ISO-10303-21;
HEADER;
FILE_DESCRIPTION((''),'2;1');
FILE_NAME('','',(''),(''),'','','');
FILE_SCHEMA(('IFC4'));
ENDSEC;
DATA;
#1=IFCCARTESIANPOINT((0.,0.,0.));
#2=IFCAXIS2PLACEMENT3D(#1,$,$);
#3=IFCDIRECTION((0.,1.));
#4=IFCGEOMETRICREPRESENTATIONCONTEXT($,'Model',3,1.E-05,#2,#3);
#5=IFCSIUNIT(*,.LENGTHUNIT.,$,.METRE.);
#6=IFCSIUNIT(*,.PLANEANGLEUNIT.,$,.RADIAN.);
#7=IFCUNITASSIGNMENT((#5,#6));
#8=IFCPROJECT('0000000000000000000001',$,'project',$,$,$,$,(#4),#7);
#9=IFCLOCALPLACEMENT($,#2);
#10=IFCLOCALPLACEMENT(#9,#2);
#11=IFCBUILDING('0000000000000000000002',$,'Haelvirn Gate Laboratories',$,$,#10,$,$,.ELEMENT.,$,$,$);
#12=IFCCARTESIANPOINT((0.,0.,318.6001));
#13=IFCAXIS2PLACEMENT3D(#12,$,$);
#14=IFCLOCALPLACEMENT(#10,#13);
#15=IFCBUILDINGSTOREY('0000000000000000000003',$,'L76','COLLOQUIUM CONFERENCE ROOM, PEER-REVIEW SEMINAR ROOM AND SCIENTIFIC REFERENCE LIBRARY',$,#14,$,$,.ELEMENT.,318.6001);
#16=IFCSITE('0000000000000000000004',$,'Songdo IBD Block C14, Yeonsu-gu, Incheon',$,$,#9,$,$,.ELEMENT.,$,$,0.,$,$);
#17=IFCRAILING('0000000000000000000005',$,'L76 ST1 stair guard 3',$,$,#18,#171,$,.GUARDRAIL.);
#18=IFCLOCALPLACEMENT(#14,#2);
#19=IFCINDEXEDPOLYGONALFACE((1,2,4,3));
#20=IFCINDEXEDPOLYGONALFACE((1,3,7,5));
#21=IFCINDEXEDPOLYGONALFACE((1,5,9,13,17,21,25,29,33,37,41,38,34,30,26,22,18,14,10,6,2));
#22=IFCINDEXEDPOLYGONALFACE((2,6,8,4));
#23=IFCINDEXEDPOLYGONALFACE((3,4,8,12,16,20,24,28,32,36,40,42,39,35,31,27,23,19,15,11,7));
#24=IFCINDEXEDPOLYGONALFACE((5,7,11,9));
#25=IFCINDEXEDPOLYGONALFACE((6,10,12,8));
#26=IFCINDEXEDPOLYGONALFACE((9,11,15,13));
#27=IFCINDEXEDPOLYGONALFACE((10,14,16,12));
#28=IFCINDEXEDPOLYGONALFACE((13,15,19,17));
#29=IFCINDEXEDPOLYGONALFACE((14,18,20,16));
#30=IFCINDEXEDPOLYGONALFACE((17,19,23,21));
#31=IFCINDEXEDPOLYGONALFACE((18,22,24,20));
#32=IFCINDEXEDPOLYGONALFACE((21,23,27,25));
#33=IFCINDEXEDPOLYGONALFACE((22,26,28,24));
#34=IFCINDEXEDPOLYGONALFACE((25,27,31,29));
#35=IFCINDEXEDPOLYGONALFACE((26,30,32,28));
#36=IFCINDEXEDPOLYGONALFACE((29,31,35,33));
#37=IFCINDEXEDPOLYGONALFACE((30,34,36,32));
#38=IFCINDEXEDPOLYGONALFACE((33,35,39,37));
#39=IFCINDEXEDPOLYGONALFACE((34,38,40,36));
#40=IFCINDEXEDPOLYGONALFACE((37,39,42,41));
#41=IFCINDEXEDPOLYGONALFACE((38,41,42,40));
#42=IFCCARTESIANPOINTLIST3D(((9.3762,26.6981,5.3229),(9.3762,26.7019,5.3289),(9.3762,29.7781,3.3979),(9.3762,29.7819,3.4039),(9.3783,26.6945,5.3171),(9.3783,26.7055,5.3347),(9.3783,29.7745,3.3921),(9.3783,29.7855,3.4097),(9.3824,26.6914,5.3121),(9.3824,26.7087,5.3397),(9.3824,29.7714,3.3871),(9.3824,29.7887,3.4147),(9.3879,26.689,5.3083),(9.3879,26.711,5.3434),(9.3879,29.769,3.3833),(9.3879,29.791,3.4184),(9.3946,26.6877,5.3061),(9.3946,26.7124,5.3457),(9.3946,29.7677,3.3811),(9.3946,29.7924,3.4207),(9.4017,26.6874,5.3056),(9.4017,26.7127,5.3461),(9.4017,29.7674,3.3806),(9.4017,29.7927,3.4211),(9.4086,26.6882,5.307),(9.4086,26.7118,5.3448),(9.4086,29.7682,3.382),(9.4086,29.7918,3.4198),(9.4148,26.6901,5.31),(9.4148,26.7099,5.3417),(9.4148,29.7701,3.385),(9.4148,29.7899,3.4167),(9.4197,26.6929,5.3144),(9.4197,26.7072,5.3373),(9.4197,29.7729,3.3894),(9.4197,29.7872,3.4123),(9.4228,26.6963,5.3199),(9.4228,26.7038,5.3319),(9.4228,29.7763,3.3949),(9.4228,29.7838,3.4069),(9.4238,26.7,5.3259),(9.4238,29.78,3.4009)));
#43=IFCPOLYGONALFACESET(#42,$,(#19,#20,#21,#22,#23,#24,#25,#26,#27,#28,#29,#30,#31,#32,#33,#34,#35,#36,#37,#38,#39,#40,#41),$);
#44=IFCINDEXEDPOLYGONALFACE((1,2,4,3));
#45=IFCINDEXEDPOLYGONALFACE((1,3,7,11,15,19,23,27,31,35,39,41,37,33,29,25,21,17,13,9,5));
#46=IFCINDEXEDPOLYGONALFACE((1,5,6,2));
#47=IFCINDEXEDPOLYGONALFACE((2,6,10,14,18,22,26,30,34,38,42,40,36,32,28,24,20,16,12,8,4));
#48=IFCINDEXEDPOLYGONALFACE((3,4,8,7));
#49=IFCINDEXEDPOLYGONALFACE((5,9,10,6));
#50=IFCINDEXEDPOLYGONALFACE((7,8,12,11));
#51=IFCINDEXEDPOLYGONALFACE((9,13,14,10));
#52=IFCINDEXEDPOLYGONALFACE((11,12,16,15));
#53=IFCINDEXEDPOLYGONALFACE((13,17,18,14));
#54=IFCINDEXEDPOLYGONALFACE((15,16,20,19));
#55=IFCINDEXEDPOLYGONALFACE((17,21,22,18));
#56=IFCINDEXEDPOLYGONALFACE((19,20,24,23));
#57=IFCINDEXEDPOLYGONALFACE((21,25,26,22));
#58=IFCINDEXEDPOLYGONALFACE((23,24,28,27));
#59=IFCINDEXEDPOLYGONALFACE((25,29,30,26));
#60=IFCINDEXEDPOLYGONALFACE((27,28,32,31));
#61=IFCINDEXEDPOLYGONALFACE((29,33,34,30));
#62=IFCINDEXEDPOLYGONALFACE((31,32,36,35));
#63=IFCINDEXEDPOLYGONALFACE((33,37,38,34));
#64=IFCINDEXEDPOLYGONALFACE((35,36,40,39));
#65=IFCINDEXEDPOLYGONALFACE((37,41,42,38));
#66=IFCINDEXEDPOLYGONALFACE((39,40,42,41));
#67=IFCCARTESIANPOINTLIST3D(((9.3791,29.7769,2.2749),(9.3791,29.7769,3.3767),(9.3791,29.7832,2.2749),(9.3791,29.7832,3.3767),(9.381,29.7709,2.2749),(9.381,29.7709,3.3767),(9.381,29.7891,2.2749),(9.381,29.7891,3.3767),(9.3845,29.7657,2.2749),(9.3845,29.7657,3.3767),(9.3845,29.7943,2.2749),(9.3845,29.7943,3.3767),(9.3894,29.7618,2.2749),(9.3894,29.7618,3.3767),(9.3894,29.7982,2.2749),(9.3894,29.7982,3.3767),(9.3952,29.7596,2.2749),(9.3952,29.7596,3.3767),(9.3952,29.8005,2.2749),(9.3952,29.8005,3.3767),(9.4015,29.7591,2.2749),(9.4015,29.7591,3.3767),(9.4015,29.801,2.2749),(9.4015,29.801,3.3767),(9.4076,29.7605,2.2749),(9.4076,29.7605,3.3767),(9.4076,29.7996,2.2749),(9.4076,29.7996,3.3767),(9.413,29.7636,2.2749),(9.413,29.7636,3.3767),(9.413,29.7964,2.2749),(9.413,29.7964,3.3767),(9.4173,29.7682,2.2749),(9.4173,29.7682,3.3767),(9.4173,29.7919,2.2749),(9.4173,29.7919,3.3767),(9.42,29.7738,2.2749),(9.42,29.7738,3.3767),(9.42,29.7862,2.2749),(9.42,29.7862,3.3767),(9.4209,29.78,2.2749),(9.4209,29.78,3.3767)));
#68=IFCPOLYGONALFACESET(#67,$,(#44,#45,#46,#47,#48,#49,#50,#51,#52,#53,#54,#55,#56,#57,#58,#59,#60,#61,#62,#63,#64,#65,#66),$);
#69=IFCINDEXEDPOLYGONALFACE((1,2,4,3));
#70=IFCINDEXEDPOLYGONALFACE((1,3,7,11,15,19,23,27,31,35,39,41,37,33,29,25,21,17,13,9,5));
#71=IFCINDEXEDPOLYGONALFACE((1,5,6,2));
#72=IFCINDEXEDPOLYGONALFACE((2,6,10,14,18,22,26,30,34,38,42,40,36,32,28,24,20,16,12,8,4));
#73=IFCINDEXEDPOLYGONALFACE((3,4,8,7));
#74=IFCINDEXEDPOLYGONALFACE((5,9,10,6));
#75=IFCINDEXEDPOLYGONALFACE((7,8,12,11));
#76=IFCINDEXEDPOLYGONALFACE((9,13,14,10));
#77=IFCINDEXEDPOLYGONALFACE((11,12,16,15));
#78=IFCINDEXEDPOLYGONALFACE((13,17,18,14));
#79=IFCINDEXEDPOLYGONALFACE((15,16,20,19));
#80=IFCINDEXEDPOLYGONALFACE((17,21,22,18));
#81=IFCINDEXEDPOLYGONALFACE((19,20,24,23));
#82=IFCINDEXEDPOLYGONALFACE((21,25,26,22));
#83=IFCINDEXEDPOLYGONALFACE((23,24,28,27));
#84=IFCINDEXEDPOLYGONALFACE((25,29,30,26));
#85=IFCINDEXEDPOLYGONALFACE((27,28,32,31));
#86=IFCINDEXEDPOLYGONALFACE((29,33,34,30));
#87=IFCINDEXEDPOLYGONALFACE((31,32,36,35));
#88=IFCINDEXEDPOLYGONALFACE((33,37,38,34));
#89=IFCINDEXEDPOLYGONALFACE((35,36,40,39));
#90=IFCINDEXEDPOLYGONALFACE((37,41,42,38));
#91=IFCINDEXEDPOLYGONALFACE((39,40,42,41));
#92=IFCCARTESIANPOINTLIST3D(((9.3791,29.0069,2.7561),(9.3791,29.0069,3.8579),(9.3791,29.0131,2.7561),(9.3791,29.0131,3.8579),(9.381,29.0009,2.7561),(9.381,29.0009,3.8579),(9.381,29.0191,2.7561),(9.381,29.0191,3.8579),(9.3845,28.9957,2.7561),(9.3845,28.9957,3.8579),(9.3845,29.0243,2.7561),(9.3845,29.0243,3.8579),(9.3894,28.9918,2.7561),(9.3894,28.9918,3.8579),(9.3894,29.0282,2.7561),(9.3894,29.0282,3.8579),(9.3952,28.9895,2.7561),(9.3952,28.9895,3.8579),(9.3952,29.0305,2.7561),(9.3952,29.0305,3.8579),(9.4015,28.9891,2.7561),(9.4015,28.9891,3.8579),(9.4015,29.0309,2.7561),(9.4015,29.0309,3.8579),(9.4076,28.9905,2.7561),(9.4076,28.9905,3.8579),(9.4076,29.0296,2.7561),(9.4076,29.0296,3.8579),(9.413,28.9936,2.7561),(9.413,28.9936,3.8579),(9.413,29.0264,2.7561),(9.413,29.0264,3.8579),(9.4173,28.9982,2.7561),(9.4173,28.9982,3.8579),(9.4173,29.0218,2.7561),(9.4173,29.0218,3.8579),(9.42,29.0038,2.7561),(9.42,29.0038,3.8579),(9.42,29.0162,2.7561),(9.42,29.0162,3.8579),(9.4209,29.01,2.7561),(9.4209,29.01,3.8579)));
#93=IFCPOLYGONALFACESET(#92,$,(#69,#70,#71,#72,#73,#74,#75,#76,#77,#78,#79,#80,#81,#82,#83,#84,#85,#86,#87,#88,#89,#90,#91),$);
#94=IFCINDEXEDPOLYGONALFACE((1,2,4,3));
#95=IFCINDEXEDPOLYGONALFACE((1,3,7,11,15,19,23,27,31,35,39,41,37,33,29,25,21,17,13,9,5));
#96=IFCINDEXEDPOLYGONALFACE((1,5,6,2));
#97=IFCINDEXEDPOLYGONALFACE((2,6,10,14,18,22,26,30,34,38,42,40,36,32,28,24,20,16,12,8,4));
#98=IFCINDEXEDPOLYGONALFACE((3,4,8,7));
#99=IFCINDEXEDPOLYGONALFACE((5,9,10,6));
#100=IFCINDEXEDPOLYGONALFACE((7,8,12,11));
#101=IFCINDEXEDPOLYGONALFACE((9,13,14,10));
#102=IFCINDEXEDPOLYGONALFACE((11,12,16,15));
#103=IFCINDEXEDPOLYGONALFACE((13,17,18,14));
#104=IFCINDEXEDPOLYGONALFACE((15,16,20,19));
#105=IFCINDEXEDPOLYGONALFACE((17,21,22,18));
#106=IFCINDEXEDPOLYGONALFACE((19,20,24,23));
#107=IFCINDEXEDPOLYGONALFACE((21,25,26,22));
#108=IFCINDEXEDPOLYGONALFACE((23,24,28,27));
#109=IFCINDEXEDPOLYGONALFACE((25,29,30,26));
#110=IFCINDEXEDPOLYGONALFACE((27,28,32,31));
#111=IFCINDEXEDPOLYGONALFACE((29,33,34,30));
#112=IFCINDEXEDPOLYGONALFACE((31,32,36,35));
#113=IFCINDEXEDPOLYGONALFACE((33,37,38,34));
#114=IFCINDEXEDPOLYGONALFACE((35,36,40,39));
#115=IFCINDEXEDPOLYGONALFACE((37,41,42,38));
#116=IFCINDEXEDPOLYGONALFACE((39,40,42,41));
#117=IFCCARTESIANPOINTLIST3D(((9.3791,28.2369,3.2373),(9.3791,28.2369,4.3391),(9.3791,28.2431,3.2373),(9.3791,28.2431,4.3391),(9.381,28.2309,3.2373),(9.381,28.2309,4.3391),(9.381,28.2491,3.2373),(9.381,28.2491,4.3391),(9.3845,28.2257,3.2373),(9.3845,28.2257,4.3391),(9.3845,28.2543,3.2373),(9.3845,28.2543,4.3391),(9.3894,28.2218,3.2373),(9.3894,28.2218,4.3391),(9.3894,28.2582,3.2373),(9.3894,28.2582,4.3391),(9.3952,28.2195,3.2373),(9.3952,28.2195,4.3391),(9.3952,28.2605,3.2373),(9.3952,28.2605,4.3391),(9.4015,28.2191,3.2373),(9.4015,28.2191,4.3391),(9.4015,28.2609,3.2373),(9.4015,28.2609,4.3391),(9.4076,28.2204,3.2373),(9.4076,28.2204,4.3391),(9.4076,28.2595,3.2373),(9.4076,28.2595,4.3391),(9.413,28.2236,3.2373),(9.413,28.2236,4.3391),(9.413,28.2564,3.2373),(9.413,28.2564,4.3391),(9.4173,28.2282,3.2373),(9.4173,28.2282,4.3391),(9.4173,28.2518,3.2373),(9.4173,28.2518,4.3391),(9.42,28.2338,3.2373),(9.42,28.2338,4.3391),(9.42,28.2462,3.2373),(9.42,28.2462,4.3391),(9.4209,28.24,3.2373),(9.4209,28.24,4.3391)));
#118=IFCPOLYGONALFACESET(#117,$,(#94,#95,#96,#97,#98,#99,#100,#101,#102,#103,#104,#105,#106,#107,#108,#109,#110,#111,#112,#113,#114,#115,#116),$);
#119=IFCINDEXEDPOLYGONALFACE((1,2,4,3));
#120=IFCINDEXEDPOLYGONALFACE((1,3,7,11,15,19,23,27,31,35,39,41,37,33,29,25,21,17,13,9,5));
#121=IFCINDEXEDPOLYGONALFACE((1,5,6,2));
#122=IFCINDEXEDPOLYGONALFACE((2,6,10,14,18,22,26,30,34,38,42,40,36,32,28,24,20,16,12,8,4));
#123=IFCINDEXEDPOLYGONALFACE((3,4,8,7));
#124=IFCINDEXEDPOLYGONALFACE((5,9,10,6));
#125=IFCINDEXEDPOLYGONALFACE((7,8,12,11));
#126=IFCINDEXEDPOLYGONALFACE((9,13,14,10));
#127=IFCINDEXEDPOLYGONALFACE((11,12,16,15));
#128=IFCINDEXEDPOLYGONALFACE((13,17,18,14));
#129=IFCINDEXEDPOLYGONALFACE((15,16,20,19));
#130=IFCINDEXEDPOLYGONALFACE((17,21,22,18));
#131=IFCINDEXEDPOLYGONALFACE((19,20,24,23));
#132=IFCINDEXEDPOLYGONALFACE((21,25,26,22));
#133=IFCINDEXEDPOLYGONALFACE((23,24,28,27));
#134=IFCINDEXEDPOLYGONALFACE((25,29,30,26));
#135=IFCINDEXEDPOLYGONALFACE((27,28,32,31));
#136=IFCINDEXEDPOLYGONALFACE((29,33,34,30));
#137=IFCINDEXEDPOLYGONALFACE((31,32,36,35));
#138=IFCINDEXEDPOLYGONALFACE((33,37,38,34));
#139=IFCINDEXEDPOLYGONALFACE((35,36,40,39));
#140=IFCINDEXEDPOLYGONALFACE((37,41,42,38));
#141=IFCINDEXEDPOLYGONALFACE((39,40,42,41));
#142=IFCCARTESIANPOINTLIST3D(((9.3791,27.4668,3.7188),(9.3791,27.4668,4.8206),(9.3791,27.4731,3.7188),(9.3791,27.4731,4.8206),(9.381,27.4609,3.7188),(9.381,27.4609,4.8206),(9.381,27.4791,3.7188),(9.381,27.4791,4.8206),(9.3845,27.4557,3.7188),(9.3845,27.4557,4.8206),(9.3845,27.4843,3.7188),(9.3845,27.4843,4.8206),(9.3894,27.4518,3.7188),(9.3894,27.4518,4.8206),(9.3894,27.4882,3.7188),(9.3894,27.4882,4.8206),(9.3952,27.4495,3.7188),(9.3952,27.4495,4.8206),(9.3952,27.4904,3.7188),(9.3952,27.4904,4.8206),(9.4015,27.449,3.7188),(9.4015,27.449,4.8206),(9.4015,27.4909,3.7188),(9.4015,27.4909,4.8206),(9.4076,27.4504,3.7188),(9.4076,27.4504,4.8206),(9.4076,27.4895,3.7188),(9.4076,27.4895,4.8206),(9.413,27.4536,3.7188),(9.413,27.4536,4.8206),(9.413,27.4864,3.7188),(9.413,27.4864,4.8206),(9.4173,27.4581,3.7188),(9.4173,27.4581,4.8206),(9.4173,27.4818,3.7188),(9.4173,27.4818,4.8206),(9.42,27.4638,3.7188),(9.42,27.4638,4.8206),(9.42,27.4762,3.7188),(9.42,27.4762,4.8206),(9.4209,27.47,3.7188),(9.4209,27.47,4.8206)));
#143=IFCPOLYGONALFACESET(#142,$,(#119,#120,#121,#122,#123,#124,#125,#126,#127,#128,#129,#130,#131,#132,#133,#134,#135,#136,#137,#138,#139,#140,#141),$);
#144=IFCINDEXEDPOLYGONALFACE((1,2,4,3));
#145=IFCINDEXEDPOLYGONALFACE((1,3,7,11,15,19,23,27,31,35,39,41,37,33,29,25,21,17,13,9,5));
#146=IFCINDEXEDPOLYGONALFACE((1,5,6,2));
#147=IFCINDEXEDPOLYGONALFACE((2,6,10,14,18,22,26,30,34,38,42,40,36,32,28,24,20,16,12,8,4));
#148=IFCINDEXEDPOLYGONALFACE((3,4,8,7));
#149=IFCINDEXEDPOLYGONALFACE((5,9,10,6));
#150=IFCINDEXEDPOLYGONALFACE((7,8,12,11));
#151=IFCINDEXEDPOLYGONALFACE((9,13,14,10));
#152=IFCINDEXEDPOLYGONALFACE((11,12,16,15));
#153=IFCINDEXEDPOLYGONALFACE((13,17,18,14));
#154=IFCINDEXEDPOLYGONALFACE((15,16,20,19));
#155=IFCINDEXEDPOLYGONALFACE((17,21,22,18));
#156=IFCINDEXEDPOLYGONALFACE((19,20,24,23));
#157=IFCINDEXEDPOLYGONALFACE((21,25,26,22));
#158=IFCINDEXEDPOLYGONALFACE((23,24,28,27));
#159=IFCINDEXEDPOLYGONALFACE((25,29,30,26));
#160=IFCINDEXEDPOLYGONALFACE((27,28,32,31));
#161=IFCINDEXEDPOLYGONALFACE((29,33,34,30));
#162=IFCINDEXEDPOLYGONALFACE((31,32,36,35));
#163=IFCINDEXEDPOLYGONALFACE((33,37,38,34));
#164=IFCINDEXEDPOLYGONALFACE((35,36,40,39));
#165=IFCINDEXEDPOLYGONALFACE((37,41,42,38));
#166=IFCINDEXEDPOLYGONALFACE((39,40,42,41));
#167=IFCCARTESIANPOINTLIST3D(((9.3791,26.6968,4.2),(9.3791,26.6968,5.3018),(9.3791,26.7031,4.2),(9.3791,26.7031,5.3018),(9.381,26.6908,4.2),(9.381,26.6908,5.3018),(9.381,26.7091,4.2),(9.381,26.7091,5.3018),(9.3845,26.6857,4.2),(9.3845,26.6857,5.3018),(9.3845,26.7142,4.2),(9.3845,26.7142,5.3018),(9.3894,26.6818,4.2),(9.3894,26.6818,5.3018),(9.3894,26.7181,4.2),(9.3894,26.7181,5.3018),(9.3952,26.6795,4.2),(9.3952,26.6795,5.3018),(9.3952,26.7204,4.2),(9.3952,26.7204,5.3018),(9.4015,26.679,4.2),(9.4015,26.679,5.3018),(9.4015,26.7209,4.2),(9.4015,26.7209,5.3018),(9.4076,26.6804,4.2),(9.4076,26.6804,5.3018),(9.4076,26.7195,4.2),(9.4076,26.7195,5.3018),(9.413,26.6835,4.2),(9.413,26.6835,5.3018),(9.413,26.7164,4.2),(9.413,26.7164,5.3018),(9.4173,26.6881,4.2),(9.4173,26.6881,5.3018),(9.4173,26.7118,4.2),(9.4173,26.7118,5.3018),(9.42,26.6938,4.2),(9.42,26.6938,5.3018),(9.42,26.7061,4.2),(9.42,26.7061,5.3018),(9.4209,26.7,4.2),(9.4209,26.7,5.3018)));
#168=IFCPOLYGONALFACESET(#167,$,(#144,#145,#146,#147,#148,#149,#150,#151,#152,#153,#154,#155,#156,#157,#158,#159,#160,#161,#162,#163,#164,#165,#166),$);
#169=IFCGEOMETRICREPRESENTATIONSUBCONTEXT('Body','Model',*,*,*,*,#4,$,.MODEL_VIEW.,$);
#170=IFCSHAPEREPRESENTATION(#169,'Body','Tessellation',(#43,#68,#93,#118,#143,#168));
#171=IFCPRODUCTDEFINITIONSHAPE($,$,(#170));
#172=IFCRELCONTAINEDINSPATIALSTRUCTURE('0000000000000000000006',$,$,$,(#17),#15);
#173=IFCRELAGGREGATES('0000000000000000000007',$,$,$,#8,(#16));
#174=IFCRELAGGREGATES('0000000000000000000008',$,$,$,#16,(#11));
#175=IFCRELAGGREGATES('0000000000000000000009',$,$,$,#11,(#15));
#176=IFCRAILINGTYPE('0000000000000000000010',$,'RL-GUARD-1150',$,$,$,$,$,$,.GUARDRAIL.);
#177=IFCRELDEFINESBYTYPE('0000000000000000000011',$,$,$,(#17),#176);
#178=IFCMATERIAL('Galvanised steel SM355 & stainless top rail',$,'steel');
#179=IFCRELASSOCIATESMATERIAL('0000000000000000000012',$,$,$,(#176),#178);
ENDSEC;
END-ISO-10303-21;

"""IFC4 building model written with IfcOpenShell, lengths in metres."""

from ifc_helpers import new_model, si_unit, direction, frame, origin, origin_2d, place, context, subcontext, project, spatial, circle, extrude, source, transform, mapped, material, type_object, element, save


model = new_model("IFC4")

# Units and contexts
model_context = context("Model", 3, precision=1e-05, world=origin(), true_north=direction((0.0, 1.0)))
body_context = subcontext(model_context, "Body", "Model", "MODEL_VIEW")
ifc_project = project(units=[si_unit("LENGTHUNIT", "METRE"), si_unit("PLANEANGLEUNIT", "RADIAN")], contexts=[model_context])

# Site, building, storey
site_placement = place(None, origin())
site = spatial("IfcSite", under=ifc_project, at=site_placement, Name="Songdo IBD Block C14, Yeonsu-gu, Incheon", CompositionType="ELEMENT", RefElevation=0.0)
building_placement = place(site_placement, origin())
building = spatial("IfcBuilding", under=site, at=building_placement, Name="Haelvirn Gate Laboratories", CompositionType="ELEMENT")
storey_placement = place(building_placement, frame((0.0, 0.0, 318.6001)))
storey = spatial("IfcBuildingStorey", under=building, at=storey_placement, Name="L76", Description="COLLOQUIUM CONFERENCE ROOM, PEER-REVIEW SEMINAR ROOM AND SCIENTIFIC REFERENCE LIBRARY", CompositionType="ELEMENT", Elevation=318.6001)

# Railing
ifc_material_1 = material(Name="Galvanised steel SM355 & stainless top rail", Category="steel")
railing_type_1 = type_object("IfcRailingType", Name="RL-GUARD-1150", PredefinedType="GUARDRAIL", material=ifc_material_1)
shared_shape_1 = source(origin(), body_context, "Body", "SweptSolid", [
    extrude(circle(Radius=0.0239, at=origin_2d()), frame((0.0, 0.0, 1.126), z_axis=(0.0, -0.847998, 0.529999), x_axis=(1.0, 0.0, 0.0)), (0.0, 0.0, 1.0), 3.6321),
    extrude(circle(Radius=0.021, at=origin_2d()), origin(), (0.0, 0.0, 1.0), 1.1018),
    extrude(circle(Radius=0.021, at=origin_2d()), frame((0.0, -0.77, 0.4812)), (0.0, 0.0, 1.0), 1.1018),
    extrude(circle(Radius=0.021, at=origin_2d()), frame((0.0, -1.54, 0.9624)), (0.0, 0.0, 1.0), 1.1018),
    extrude(circle(Radius=0.021, at=origin_2d()), frame((0.0, -2.3101, 1.4438)), (0.0, 0.0, 1.0), 1.1018),
    extrude(circle(Radius=0.021, at=origin_2d()), frame((0.0, -3.0801, 1.925)), (0.0, 0.0, 1.0), 1.1018),
])
railing_1_placement = place(storey_placement, frame((9.3999, 29.78, 2.2749)))
element("IfcRailing", 1, at=railing_1_placement, inside=storey, type_object=railing_type_1, Name="L76 ST1 stair guard 3", PredefinedType="GUARDRAIL", context=body_context, shape_type="MappedRepresentation", body=[
    mapped(shared_shape_1, transform((0.0, 0.0, 0.0), scale=1.0)),
])

save(model, "model.ifc")
